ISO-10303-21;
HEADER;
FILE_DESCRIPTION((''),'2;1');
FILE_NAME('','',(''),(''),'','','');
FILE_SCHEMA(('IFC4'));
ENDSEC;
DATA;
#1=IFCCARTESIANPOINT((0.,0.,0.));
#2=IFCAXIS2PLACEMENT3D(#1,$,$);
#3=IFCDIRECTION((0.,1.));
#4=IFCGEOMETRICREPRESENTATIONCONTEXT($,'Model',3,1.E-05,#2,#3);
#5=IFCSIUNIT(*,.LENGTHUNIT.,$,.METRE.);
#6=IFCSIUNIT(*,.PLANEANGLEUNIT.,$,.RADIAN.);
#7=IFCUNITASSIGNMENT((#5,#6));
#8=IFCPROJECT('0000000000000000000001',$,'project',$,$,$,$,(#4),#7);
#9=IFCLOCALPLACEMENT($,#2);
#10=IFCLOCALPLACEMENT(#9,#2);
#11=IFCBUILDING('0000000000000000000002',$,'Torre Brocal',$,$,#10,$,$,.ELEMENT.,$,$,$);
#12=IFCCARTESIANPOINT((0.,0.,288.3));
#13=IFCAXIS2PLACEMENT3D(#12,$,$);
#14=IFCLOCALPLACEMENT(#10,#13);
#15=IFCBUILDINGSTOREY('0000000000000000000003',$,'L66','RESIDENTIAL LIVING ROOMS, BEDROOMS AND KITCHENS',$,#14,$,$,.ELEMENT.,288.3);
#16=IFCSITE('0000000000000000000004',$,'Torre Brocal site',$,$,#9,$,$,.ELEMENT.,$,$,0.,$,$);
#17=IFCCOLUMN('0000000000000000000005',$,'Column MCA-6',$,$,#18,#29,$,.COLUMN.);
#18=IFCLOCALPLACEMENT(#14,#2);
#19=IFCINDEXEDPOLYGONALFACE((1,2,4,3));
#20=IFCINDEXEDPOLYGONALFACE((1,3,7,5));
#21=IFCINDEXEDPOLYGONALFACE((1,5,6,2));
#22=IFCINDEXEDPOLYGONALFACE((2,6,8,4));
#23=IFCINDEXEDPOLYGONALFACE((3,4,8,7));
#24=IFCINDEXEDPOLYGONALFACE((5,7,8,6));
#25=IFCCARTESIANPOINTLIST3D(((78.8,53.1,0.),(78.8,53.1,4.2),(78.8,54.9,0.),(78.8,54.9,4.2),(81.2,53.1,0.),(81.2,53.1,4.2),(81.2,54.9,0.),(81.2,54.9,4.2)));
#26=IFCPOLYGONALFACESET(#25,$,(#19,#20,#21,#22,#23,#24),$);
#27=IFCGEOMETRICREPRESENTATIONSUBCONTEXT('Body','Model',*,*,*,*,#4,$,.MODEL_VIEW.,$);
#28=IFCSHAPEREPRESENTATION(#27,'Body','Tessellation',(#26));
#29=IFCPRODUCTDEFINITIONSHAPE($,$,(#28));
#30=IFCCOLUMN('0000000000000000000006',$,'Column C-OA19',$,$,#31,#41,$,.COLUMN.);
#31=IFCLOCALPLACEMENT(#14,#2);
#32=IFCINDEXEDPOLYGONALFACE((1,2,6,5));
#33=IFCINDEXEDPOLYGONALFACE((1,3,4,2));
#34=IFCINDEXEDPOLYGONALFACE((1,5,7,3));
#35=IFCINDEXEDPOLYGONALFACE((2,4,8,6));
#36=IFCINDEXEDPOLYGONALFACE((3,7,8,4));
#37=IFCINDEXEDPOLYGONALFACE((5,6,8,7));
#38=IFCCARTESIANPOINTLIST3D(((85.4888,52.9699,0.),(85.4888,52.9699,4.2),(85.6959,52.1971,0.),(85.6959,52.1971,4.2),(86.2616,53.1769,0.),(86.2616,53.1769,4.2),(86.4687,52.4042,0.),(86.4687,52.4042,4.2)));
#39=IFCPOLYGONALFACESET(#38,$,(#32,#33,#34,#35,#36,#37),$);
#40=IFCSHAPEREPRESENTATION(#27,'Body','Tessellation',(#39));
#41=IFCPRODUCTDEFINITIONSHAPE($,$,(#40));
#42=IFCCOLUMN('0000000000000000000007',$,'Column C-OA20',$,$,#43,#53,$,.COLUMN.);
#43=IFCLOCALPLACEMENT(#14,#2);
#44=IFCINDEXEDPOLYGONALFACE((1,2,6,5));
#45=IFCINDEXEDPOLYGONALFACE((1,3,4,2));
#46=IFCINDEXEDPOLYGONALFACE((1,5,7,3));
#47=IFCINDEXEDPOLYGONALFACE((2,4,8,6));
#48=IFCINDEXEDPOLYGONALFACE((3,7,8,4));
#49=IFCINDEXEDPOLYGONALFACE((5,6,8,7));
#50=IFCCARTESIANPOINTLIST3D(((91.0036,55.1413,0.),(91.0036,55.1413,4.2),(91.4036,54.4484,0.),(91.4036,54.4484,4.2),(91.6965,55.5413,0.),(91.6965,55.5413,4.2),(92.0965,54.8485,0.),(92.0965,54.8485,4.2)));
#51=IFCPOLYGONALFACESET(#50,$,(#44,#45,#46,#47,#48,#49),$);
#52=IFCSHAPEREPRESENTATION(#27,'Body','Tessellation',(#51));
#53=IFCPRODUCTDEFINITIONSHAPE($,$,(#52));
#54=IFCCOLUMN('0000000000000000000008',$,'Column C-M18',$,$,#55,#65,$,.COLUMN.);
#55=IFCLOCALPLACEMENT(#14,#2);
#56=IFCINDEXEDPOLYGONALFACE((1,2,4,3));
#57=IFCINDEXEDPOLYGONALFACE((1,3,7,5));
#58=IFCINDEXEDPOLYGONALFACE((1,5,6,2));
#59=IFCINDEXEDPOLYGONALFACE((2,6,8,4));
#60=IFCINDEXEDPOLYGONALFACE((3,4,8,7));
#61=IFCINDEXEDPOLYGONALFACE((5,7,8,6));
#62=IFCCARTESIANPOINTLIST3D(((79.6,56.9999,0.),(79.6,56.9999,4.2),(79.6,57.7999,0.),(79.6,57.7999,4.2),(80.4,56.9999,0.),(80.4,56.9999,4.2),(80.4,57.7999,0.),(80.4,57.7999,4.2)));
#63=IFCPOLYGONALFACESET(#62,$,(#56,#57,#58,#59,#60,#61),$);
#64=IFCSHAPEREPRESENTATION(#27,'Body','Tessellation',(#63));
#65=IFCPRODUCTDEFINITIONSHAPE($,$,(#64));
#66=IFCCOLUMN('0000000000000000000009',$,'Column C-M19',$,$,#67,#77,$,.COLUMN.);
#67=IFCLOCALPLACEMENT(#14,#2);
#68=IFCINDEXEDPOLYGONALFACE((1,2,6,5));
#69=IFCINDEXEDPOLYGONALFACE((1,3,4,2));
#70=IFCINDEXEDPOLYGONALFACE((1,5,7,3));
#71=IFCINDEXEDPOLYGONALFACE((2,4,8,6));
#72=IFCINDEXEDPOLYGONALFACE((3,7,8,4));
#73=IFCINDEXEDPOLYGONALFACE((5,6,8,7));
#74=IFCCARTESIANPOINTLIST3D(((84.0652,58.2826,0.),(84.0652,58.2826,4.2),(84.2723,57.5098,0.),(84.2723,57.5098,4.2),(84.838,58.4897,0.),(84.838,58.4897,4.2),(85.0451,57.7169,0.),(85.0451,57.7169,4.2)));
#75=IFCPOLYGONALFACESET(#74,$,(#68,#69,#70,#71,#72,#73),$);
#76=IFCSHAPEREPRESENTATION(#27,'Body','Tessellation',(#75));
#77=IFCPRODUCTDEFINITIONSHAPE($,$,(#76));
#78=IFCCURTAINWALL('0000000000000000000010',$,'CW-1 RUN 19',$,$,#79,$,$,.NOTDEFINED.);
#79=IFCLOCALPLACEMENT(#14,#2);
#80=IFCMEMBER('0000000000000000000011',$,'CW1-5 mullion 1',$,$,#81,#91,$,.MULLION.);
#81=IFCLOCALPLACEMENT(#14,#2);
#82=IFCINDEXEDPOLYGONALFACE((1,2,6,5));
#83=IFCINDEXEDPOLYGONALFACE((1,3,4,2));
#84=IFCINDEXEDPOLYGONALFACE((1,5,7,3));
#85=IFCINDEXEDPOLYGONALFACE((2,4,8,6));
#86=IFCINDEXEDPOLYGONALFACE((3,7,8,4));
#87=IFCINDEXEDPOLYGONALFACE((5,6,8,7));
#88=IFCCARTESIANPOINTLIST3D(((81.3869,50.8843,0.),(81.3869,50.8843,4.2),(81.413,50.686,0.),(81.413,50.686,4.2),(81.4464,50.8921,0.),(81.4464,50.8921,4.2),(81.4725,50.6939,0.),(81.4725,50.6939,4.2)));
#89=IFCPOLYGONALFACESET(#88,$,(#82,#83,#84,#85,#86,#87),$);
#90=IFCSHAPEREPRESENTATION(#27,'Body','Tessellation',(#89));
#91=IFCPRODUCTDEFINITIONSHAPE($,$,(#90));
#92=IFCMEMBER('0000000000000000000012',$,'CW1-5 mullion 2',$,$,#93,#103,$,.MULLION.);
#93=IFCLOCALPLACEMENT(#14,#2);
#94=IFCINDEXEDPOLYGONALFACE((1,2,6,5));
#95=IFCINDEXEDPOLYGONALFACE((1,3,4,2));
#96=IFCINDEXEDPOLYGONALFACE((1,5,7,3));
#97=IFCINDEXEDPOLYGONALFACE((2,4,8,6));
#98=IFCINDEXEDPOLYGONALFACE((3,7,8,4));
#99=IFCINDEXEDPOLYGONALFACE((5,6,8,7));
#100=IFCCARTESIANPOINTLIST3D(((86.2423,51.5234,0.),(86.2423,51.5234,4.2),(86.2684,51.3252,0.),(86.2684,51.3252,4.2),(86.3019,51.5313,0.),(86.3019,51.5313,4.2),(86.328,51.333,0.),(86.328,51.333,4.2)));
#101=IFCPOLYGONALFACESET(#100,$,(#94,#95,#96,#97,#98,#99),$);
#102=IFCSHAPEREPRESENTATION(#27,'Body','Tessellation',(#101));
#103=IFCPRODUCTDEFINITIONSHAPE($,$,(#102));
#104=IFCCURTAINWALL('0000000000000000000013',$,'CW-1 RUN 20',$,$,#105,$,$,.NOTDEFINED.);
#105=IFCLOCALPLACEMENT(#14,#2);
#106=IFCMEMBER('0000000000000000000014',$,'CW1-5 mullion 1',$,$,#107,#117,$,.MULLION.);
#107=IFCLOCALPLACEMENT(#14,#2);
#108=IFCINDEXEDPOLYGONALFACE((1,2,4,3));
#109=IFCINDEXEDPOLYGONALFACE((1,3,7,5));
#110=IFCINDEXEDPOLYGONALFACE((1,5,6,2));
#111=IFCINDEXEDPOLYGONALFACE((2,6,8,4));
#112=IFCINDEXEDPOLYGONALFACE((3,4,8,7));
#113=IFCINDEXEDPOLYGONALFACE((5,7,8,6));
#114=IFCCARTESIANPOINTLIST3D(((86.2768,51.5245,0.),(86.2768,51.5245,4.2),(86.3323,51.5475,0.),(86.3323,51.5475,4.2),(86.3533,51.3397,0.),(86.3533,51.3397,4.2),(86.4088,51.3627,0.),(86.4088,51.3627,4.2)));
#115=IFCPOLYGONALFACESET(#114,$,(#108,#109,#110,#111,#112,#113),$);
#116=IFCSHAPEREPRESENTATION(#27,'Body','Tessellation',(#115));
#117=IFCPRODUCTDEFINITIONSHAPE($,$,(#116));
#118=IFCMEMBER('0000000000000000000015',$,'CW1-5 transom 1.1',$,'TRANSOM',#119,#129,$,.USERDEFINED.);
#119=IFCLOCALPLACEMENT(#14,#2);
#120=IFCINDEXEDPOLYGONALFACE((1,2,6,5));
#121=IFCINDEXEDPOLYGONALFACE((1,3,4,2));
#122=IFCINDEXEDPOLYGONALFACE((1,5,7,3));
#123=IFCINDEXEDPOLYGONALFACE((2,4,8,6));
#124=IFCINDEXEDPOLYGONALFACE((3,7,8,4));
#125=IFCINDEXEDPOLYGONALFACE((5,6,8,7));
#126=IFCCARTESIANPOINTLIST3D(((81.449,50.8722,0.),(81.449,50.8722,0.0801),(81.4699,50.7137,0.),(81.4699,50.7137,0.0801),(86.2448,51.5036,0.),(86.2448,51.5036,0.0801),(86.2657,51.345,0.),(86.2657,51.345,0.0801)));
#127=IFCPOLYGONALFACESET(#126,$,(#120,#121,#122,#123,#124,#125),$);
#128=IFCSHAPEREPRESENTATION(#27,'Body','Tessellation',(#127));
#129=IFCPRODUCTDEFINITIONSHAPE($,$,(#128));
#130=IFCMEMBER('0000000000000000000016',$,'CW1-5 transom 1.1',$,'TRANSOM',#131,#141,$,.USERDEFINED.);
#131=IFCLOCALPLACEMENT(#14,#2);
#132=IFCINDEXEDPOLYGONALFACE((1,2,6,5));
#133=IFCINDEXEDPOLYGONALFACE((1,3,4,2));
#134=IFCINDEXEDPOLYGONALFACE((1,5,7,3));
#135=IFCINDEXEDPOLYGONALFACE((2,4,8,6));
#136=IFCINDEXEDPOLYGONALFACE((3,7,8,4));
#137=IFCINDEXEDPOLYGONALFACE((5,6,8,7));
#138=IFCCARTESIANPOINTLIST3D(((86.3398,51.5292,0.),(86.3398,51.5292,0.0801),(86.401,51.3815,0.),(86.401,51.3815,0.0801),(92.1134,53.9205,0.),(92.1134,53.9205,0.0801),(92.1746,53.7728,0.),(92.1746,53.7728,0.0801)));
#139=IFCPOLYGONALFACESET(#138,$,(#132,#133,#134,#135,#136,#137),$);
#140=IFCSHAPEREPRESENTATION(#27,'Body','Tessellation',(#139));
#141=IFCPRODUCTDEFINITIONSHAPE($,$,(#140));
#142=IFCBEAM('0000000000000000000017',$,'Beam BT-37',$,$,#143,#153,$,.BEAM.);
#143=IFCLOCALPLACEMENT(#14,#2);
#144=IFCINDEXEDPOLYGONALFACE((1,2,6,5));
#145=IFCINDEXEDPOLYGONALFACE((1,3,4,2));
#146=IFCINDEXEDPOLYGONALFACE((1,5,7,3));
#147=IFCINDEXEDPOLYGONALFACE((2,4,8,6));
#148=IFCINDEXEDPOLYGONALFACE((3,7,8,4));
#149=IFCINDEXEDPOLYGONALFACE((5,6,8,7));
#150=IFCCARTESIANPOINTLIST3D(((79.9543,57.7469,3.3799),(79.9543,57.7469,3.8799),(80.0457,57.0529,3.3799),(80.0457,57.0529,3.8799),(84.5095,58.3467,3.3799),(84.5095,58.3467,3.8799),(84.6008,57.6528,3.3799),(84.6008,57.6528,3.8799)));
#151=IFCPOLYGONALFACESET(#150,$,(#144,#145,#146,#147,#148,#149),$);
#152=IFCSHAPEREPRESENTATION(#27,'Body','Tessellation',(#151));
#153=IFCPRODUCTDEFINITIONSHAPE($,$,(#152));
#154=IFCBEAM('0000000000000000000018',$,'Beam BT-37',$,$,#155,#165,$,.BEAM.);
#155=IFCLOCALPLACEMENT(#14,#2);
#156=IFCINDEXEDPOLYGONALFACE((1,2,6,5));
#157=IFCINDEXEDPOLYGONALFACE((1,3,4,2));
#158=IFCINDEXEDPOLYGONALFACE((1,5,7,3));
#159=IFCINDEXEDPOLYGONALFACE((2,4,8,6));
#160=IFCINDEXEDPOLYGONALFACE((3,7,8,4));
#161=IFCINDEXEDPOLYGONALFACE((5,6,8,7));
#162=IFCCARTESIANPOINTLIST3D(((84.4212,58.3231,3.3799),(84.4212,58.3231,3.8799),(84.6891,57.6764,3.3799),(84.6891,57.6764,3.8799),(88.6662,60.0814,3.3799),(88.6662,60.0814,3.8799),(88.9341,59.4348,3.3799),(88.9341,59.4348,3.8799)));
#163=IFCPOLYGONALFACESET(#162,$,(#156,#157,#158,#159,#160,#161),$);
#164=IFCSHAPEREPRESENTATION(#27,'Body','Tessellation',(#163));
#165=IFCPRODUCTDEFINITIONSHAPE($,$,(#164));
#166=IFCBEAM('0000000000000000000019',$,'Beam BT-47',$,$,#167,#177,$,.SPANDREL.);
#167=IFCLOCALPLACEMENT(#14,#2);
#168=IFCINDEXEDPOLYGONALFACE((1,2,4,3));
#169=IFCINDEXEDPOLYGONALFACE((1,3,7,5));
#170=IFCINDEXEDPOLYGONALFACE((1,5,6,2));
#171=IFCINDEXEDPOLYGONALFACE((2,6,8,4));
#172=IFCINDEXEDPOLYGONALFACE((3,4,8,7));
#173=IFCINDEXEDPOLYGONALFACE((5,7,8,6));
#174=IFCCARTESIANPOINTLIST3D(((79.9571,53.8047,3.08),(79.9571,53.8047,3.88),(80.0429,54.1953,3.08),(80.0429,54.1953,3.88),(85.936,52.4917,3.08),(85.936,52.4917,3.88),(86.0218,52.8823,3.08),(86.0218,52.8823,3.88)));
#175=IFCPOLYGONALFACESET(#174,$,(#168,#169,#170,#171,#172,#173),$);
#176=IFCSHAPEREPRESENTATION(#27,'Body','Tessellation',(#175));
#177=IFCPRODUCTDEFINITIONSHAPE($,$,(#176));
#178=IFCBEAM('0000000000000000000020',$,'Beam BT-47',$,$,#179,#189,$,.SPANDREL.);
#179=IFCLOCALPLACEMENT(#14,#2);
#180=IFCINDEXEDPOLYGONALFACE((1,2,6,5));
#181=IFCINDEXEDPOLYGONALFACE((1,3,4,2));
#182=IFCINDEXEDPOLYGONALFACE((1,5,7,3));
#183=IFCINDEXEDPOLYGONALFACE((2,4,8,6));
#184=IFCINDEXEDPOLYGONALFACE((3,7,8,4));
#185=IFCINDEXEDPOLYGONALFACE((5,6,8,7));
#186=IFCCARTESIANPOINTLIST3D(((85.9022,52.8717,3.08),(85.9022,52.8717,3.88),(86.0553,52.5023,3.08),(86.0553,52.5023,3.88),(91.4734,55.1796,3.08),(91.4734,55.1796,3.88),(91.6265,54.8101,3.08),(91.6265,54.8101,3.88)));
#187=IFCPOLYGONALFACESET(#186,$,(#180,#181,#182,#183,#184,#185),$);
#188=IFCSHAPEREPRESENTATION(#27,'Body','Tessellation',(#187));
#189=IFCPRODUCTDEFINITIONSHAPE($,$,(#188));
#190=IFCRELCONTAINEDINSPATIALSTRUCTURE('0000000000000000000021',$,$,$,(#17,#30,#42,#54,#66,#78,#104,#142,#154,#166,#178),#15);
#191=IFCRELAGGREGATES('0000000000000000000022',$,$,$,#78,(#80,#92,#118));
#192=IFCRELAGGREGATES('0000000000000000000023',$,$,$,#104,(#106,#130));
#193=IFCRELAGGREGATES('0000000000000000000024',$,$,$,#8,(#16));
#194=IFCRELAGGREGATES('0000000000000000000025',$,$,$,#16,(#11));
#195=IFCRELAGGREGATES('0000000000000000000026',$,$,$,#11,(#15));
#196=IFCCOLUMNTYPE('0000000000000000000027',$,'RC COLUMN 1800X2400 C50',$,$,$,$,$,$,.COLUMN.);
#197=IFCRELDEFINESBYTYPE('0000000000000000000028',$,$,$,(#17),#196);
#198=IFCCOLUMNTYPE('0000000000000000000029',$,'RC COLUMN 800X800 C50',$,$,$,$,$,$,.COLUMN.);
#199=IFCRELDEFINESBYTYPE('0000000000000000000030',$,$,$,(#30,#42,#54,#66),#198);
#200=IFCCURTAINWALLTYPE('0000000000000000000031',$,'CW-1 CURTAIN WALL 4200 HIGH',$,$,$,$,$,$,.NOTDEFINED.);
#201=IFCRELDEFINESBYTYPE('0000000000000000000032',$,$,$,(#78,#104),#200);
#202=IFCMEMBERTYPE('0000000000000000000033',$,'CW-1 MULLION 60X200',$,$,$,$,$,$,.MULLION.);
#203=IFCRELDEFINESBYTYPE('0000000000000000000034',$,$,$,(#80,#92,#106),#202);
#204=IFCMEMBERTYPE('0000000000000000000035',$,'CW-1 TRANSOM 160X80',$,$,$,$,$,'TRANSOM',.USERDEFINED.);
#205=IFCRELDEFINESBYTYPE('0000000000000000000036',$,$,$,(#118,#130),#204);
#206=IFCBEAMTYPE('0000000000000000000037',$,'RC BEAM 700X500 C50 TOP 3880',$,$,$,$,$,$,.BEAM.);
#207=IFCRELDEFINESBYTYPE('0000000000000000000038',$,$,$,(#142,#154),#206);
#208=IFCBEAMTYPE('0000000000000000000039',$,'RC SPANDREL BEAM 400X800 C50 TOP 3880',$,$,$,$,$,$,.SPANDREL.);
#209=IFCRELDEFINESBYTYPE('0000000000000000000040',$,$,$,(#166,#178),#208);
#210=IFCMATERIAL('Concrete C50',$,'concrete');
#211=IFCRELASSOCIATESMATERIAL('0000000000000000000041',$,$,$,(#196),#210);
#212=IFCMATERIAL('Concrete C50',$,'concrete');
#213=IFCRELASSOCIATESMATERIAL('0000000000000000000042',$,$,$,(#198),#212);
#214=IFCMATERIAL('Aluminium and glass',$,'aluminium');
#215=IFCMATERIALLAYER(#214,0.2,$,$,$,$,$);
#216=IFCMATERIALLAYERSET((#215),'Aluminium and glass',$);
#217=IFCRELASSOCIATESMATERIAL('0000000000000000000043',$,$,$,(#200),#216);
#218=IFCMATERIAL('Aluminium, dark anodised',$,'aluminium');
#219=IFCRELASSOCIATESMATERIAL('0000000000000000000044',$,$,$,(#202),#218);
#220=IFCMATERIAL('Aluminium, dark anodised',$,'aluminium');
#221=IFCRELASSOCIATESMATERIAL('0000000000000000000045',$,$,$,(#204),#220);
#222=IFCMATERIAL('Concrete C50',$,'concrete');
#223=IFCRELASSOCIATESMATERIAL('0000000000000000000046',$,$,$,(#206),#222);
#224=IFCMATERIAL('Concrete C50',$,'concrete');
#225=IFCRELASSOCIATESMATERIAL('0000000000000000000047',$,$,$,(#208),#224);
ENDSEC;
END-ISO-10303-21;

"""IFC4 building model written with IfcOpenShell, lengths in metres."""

from ifc_helpers import new_model, si_unit, direction, frame, origin, origin_2d, place, context, subcontext, project, spatial, rectangle, extrude, material, layer, layer_set, material_profile, profile_set, type_object, element, aggregate, save


model = new_model("IFC4")

# Units and contexts
model_context = context("Model", 3, precision=1e-05, world=origin(), true_north=direction((0.0, 1.0)))
body_context = subcontext(model_context, "Body", "Model", "MODEL_VIEW")
ifc_project = project(units=[si_unit("LENGTHUNIT", "METRE"), si_unit("PLANEANGLEUNIT", "RADIAN")], contexts=[model_context])

# Site, building, storey
site_placement = place(None, origin())
site = spatial("IfcSite", under=ifc_project, at=site_placement, Name="Torre Brocal site", CompositionType="ELEMENT", RefElevation=0.0)
building_placement = place(site_placement, origin())
building = spatial("IfcBuilding", under=site, at=building_placement, Name="Torre Brocal", CompositionType="ELEMENT")
storey_placement = place(building_placement, frame((0.0, 0.0, 288.3)))
storey = spatial("IfcBuildingStorey", under=building, at=storey_placement, Name="L66", Description="RESIDENTIAL LIVING ROOMS, BEDROOMS AND KITCHENS", CompositionType="ELEMENT", Elevation=288.3)

# Columns
ifc_material_1 = material(Name="Concrete C50", Category="concrete")
ifc_material_profile_1 = material_profile(ifc_material_1, rectangle(XDim=1.8, YDim=2.3999, at=origin_2d()), Name="RC 1800X2400")
ifc_profile_set_1 = profile_set([ifc_material_profile_1], Name="Concrete C50")
column_type_1 = type_object("IfcColumnType", Name="RC COLUMN 1800X2400 C50", PredefinedType="COLUMN", material=ifc_profile_set_1)
column_placement = place(storey_placement, frame((80.0, 54.0, 0.0), z_axis=(0.0, 0.0, 1.0), x_axis=(0.0, -1.0, 0.0)))
element("IfcColumn", 1, at=column_placement, inside=storey, type_object=column_type_1, Name="Column MCA-6", PredefinedType="COLUMN", context=body_context, shape_type="SweptSolid", body=[
    extrude(rectangle(XDim=1.8, YDim=2.3999, at=origin_2d()), origin(), (0.0, 0.0, 1.0), 4.2),
])
ifc_material_2 = material(Name="Concrete C50", Category="concrete")
ifc_material_profile_2 = material_profile(ifc_material_2, rectangle(XDim=0.8, YDim=0.8, at=origin_2d()), Name="RC 800X800")
ifc_profile_set_2 = profile_set([ifc_material_profile_2], Name="Concrete C50")
column_type_2 = type_object("IfcColumnType", Name="RC COLUMN 800X800 C50", PredefinedType="COLUMN", material=ifc_profile_set_2)
for number, where, z_axis, x_axis, name in (
    (2, (85.9788, 52.687, 0.0), (0.0, 0.0, 1.0), (0.258819, -0.965926, 0.0), "Column C-OA19"),
    (3, (91.55, 54.9949, 0.0), (0.0, 0.0, 1.0), (0.5, -0.866025, 0.0), "Column C-OA20"),
    (4, (80.0, 57.3999, 0.0), (0.0, 0.0, 1.0), (0.0, -1.0, 0.0), "Column C-M18"),
    (5, (84.5552, 57.9998, 0.0), (0.0, 0.0, 1.0), (0.258819, -0.965926, 0.0), "Column C-M19"),
):
    element("IfcColumn", number, at=place(storey_placement, frame(where, z_axis=z_axis, x_axis=x_axis)), inside=storey, type_object=column_type_2, Name=name, PredefinedType="COLUMN", context=body_context, shape_type="SweptSolid", body=[
        extrude(rectangle(XDim=0.8, YDim=0.8, at=origin_2d()), origin(), (0.0, 0.0, 1.0), 4.2),
    ])

# Curtain wall, members
ifc_material_3 = material(Name="Aluminium and glass", Category="aluminium")
ifc_layer_1 = layer(ifc_material_3, 0.2)
ifc_layer_set_1 = layer_set([ifc_layer_1], Name="Aluminium and glass")
curtain_wall_type = type_object("IfcCurtainWallType", Name="CW-1 CURTAIN WALL 4200 HIGH", PredefinedType="NOTDEFINED", material=ifc_layer_set_1)
curtain_wall_1_placement = place(storey_placement, origin())
curtain_wall_1 = element("IfcCurtainWall", 6, at=curtain_wall_1_placement, inside=storey, type_object=curtain_wall_type, Name="CW-1 RUN 19", PredefinedType="NOTDEFINED")
ifc_material_4 = material(Name="Aluminium, dark anodised", Category="aluminium")
ifc_material_profile_3 = material_profile(ifc_material_4, rectangle(XDim=0.2, YDim=0.0601, at=origin_2d()), Name="CW-1 MULLION 60X200")
ifc_profile_set_3 = profile_set([ifc_material_profile_3], Name="Aluminium, dark anodised")
member_type_1 = type_object("IfcMemberType", Name="CW-1 MULLION 60X200", PredefinedType="MULLION", material=ifc_profile_set_3)
member_1_placement = place(storey_placement, frame((81.4297, 50.7891, 0.0), z_axis=(0.0, 0.0, 1.0), x_axis=(-0.130526, 0.991445, 0.0)))
member_1 = element("IfcMember", 7, at=member_1_placement, type_object=member_type_1, Name="CW1-5 mullion 1", PredefinedType="MULLION", context=body_context, shape_type="SweptSolid", body=[
    extrude(rectangle(XDim=0.2, YDim=0.0601, at=origin_2d()), origin(), (0.0, 0.0, 1.0), 4.2),
])
member_2_placement = place(storey_placement, frame((86.2852, 51.4282, 0.0), z_axis=(0.0, 0.0, 1.0), x_axis=(-0.130526, 0.991445, 0.0)))
member_2 = element("IfcMember", 8, at=member_2_placement, type_object=member_type_1, Name="CW1-5 mullion 2", PredefinedType="MULLION", context=body_context, shape_type="SweptSolid", body=[
    extrude(rectangle(XDim=0.2, YDim=0.0601, at=origin_2d()), origin(), (0.0, 0.0, 1.0), 4.2),
])

# Curtain wall, member
curtain_wall_2_placement = place(storey_placement, origin())
curtain_wall_2 = element("IfcCurtainWall", 9, at=curtain_wall_2_placement, inside=storey, type_object=curtain_wall_type, Name="CW-1 RUN 20", PredefinedType="NOTDEFINED")
member_3_placement = place(storey_placement, frame((86.3428, 51.4436, 0.0), z_axis=(0.0, 0.0, 1.0), x_axis=(-0.382683, 0.92388, 0.0)))
member_3 = element("IfcMember", 10, at=member_3_placement, type_object=member_type_1, Name="CW1-5 mullion 1", PredefinedType="MULLION", context=body_context, shape_type="SweptSolid", body=[
    extrude(rectangle(XDim=0.2, YDim=0.0601, at=origin_2d()), origin(), (0.0, 0.0, 1.0), 4.2),
])

# Members
ifc_material_5 = material(Name="Aluminium, dark anodised", Category="aluminium")
ifc_material_profile_4 = material_profile(ifc_material_5, rectangle(XDim=0.1599, YDim=0.0801, at=origin_2d()), Name="CW-1 TRANSOM 160X80")
ifc_profile_set_4 = profile_set([ifc_material_profile_4], Name="Aluminium, dark anodised")
member_type_2 = type_object("IfcMemberType", Name="CW-1 TRANSOM 160X80", ElementType="TRANSOM", PredefinedType="USERDEFINED", material=ifc_profile_set_4)
member_4_placement = place(storey_placement, frame((81.4595, 50.793, 0.04), z_axis=(0.991446, 0.130517, 0.0), x_axis=(-0.130517, 0.991446, 0.0)))
member_4 = element("IfcMember", 11, at=member_4_placement, type_object=member_type_2, Name="CW1-5 transom 1.1", ObjectType="TRANSOM", PredefinedType="USERDEFINED", context=body_context, shape_type="SweptSolid", body=[
    extrude(rectangle(XDim=0.1599, YDim=0.0801, at=origin_2d()), origin(), (0.0, 0.0, 1.0), 4.8372),
])
member_5_placement = place(storey_placement, frame((86.3704, 51.4553, 0.04), z_axis=(0.92389, 0.382659, 0.0), x_axis=(-0.382659, 0.92389, 0.0)))
member_5 = element("IfcMember", 12, at=member_5_placement, type_object=member_type_2, Name="CW1-5 transom 1.1", ObjectType="TRANSOM", PredefinedType="USERDEFINED", context=body_context, shape_type="SweptSolid", body=[
    extrude(rectangle(XDim=0.1599, YDim=0.0801, at=origin_2d()), origin(), (0.0, 0.0, 1.0), 6.2493),
])

# Beams
ifc_material_6 = material(Name="Concrete C50", Category="concrete")
ifc_material_profile_5 = material_profile(ifc_material_6, rectangle(XDim=0.7, YDim=0.5, at=origin_2d()), Name="RC 700X500")
ifc_profile_set_5 = profile_set([ifc_material_profile_5], Name="Concrete C50")
beam_type_1 = type_object("IfcBeamType", Name="RC BEAM 700X500 C50 TOP 3880", PredefinedType="BEAM", material=ifc_profile_set_5)
beam_1_placement = place(storey_placement, frame((80.0, 57.3999, 3.6299), z_axis=(0.991441, 0.130559, 0.0), x_axis=(-0.130559, 0.991441, 0.0)))
element("IfcBeam", 13, at=beam_1_placement, inside=storey, type_object=beam_type_1, Name="Beam BT-37", PredefinedType="BEAM", context=body_context, shape_type="SweptSolid", body=[
    extrude(rectangle(XDim=0.7, YDim=0.5, at=origin_2d()), origin(), (0.0, 0.0, 1.0), 4.5945),
])
beam_2_placement = place(storey_placement, frame((84.5552, 57.9998, 3.6299), z_axis=(0.923878, 0.382687, 0.0), x_axis=(-0.382687, 0.923878, 0.0)))
element("IfcBeam", 14, at=beam_2_placement, inside=storey, type_object=beam_type_1, Name="Beam BT-37", PredefinedType="BEAM", context=body_context, shape_type="SweptSolid", body=[
    extrude(rectangle(XDim=0.7, YDim=0.5, at=origin_2d()), origin(), (0.0, 0.0, 1.0), 4.5947),
])
ifc_material_7 = material(Name="Concrete C50", Category="concrete")
ifc_material_profile_6 = material_profile(ifc_material_7, rectangle(XDim=0.3999, YDim=0.8, at=origin_2d()), Name="RC 400X800")
ifc_profile_set_6 = profile_set([ifc_material_profile_6], Name="Concrete C50")
beam_type_2 = type_object("IfcBeamType", Name="RC SPANDREL BEAM 400X800 C50 TOP 3880", PredefinedType="SPANDREL", material=ifc_profile_set_6)
beam_3_placement = place(storey_placement, frame((80.0, 54.0, 3.48), z_axis=(0.976725, -0.214497, 0.0), x_axis=(0.214497, 0.976725, 0.0)))
element("IfcBeam", 15, at=beam_3_placement, inside=storey, type_object=beam_type_2, Name="Beam BT-47", PredefinedType="SPANDREL", context=body_context, shape_type="SweptSolid", body=[
    extrude(rectangle(XDim=0.3999, YDim=0.8, at=origin_2d()), origin(), (0.0, 0.0, 1.0), 6.1213),
])
beam_4_placement = place(storey_placement, frame((85.9788, 52.687, 3.48), z_axis=(0.92387, 0.382706, 0.0), x_axis=(-0.382706, 0.92387, 0.0)))
element("IfcBeam", 16, at=beam_4_placement, inside=storey, type_object=beam_type_2, Name="Beam BT-47", PredefinedType="SPANDREL", context=body_context, shape_type="SweptSolid", body=[
    extrude(rectangle(XDim=0.3999, YDim=0.8, at=origin_2d()), origin(), (0.0, 0.0, 1.0), 6.0303),
])

aggregate(curtain_wall_1, [member_1, member_2, member_4])
aggregate(curtain_wall_2, [member_3, member_5])

save(model, "model.ifc")
